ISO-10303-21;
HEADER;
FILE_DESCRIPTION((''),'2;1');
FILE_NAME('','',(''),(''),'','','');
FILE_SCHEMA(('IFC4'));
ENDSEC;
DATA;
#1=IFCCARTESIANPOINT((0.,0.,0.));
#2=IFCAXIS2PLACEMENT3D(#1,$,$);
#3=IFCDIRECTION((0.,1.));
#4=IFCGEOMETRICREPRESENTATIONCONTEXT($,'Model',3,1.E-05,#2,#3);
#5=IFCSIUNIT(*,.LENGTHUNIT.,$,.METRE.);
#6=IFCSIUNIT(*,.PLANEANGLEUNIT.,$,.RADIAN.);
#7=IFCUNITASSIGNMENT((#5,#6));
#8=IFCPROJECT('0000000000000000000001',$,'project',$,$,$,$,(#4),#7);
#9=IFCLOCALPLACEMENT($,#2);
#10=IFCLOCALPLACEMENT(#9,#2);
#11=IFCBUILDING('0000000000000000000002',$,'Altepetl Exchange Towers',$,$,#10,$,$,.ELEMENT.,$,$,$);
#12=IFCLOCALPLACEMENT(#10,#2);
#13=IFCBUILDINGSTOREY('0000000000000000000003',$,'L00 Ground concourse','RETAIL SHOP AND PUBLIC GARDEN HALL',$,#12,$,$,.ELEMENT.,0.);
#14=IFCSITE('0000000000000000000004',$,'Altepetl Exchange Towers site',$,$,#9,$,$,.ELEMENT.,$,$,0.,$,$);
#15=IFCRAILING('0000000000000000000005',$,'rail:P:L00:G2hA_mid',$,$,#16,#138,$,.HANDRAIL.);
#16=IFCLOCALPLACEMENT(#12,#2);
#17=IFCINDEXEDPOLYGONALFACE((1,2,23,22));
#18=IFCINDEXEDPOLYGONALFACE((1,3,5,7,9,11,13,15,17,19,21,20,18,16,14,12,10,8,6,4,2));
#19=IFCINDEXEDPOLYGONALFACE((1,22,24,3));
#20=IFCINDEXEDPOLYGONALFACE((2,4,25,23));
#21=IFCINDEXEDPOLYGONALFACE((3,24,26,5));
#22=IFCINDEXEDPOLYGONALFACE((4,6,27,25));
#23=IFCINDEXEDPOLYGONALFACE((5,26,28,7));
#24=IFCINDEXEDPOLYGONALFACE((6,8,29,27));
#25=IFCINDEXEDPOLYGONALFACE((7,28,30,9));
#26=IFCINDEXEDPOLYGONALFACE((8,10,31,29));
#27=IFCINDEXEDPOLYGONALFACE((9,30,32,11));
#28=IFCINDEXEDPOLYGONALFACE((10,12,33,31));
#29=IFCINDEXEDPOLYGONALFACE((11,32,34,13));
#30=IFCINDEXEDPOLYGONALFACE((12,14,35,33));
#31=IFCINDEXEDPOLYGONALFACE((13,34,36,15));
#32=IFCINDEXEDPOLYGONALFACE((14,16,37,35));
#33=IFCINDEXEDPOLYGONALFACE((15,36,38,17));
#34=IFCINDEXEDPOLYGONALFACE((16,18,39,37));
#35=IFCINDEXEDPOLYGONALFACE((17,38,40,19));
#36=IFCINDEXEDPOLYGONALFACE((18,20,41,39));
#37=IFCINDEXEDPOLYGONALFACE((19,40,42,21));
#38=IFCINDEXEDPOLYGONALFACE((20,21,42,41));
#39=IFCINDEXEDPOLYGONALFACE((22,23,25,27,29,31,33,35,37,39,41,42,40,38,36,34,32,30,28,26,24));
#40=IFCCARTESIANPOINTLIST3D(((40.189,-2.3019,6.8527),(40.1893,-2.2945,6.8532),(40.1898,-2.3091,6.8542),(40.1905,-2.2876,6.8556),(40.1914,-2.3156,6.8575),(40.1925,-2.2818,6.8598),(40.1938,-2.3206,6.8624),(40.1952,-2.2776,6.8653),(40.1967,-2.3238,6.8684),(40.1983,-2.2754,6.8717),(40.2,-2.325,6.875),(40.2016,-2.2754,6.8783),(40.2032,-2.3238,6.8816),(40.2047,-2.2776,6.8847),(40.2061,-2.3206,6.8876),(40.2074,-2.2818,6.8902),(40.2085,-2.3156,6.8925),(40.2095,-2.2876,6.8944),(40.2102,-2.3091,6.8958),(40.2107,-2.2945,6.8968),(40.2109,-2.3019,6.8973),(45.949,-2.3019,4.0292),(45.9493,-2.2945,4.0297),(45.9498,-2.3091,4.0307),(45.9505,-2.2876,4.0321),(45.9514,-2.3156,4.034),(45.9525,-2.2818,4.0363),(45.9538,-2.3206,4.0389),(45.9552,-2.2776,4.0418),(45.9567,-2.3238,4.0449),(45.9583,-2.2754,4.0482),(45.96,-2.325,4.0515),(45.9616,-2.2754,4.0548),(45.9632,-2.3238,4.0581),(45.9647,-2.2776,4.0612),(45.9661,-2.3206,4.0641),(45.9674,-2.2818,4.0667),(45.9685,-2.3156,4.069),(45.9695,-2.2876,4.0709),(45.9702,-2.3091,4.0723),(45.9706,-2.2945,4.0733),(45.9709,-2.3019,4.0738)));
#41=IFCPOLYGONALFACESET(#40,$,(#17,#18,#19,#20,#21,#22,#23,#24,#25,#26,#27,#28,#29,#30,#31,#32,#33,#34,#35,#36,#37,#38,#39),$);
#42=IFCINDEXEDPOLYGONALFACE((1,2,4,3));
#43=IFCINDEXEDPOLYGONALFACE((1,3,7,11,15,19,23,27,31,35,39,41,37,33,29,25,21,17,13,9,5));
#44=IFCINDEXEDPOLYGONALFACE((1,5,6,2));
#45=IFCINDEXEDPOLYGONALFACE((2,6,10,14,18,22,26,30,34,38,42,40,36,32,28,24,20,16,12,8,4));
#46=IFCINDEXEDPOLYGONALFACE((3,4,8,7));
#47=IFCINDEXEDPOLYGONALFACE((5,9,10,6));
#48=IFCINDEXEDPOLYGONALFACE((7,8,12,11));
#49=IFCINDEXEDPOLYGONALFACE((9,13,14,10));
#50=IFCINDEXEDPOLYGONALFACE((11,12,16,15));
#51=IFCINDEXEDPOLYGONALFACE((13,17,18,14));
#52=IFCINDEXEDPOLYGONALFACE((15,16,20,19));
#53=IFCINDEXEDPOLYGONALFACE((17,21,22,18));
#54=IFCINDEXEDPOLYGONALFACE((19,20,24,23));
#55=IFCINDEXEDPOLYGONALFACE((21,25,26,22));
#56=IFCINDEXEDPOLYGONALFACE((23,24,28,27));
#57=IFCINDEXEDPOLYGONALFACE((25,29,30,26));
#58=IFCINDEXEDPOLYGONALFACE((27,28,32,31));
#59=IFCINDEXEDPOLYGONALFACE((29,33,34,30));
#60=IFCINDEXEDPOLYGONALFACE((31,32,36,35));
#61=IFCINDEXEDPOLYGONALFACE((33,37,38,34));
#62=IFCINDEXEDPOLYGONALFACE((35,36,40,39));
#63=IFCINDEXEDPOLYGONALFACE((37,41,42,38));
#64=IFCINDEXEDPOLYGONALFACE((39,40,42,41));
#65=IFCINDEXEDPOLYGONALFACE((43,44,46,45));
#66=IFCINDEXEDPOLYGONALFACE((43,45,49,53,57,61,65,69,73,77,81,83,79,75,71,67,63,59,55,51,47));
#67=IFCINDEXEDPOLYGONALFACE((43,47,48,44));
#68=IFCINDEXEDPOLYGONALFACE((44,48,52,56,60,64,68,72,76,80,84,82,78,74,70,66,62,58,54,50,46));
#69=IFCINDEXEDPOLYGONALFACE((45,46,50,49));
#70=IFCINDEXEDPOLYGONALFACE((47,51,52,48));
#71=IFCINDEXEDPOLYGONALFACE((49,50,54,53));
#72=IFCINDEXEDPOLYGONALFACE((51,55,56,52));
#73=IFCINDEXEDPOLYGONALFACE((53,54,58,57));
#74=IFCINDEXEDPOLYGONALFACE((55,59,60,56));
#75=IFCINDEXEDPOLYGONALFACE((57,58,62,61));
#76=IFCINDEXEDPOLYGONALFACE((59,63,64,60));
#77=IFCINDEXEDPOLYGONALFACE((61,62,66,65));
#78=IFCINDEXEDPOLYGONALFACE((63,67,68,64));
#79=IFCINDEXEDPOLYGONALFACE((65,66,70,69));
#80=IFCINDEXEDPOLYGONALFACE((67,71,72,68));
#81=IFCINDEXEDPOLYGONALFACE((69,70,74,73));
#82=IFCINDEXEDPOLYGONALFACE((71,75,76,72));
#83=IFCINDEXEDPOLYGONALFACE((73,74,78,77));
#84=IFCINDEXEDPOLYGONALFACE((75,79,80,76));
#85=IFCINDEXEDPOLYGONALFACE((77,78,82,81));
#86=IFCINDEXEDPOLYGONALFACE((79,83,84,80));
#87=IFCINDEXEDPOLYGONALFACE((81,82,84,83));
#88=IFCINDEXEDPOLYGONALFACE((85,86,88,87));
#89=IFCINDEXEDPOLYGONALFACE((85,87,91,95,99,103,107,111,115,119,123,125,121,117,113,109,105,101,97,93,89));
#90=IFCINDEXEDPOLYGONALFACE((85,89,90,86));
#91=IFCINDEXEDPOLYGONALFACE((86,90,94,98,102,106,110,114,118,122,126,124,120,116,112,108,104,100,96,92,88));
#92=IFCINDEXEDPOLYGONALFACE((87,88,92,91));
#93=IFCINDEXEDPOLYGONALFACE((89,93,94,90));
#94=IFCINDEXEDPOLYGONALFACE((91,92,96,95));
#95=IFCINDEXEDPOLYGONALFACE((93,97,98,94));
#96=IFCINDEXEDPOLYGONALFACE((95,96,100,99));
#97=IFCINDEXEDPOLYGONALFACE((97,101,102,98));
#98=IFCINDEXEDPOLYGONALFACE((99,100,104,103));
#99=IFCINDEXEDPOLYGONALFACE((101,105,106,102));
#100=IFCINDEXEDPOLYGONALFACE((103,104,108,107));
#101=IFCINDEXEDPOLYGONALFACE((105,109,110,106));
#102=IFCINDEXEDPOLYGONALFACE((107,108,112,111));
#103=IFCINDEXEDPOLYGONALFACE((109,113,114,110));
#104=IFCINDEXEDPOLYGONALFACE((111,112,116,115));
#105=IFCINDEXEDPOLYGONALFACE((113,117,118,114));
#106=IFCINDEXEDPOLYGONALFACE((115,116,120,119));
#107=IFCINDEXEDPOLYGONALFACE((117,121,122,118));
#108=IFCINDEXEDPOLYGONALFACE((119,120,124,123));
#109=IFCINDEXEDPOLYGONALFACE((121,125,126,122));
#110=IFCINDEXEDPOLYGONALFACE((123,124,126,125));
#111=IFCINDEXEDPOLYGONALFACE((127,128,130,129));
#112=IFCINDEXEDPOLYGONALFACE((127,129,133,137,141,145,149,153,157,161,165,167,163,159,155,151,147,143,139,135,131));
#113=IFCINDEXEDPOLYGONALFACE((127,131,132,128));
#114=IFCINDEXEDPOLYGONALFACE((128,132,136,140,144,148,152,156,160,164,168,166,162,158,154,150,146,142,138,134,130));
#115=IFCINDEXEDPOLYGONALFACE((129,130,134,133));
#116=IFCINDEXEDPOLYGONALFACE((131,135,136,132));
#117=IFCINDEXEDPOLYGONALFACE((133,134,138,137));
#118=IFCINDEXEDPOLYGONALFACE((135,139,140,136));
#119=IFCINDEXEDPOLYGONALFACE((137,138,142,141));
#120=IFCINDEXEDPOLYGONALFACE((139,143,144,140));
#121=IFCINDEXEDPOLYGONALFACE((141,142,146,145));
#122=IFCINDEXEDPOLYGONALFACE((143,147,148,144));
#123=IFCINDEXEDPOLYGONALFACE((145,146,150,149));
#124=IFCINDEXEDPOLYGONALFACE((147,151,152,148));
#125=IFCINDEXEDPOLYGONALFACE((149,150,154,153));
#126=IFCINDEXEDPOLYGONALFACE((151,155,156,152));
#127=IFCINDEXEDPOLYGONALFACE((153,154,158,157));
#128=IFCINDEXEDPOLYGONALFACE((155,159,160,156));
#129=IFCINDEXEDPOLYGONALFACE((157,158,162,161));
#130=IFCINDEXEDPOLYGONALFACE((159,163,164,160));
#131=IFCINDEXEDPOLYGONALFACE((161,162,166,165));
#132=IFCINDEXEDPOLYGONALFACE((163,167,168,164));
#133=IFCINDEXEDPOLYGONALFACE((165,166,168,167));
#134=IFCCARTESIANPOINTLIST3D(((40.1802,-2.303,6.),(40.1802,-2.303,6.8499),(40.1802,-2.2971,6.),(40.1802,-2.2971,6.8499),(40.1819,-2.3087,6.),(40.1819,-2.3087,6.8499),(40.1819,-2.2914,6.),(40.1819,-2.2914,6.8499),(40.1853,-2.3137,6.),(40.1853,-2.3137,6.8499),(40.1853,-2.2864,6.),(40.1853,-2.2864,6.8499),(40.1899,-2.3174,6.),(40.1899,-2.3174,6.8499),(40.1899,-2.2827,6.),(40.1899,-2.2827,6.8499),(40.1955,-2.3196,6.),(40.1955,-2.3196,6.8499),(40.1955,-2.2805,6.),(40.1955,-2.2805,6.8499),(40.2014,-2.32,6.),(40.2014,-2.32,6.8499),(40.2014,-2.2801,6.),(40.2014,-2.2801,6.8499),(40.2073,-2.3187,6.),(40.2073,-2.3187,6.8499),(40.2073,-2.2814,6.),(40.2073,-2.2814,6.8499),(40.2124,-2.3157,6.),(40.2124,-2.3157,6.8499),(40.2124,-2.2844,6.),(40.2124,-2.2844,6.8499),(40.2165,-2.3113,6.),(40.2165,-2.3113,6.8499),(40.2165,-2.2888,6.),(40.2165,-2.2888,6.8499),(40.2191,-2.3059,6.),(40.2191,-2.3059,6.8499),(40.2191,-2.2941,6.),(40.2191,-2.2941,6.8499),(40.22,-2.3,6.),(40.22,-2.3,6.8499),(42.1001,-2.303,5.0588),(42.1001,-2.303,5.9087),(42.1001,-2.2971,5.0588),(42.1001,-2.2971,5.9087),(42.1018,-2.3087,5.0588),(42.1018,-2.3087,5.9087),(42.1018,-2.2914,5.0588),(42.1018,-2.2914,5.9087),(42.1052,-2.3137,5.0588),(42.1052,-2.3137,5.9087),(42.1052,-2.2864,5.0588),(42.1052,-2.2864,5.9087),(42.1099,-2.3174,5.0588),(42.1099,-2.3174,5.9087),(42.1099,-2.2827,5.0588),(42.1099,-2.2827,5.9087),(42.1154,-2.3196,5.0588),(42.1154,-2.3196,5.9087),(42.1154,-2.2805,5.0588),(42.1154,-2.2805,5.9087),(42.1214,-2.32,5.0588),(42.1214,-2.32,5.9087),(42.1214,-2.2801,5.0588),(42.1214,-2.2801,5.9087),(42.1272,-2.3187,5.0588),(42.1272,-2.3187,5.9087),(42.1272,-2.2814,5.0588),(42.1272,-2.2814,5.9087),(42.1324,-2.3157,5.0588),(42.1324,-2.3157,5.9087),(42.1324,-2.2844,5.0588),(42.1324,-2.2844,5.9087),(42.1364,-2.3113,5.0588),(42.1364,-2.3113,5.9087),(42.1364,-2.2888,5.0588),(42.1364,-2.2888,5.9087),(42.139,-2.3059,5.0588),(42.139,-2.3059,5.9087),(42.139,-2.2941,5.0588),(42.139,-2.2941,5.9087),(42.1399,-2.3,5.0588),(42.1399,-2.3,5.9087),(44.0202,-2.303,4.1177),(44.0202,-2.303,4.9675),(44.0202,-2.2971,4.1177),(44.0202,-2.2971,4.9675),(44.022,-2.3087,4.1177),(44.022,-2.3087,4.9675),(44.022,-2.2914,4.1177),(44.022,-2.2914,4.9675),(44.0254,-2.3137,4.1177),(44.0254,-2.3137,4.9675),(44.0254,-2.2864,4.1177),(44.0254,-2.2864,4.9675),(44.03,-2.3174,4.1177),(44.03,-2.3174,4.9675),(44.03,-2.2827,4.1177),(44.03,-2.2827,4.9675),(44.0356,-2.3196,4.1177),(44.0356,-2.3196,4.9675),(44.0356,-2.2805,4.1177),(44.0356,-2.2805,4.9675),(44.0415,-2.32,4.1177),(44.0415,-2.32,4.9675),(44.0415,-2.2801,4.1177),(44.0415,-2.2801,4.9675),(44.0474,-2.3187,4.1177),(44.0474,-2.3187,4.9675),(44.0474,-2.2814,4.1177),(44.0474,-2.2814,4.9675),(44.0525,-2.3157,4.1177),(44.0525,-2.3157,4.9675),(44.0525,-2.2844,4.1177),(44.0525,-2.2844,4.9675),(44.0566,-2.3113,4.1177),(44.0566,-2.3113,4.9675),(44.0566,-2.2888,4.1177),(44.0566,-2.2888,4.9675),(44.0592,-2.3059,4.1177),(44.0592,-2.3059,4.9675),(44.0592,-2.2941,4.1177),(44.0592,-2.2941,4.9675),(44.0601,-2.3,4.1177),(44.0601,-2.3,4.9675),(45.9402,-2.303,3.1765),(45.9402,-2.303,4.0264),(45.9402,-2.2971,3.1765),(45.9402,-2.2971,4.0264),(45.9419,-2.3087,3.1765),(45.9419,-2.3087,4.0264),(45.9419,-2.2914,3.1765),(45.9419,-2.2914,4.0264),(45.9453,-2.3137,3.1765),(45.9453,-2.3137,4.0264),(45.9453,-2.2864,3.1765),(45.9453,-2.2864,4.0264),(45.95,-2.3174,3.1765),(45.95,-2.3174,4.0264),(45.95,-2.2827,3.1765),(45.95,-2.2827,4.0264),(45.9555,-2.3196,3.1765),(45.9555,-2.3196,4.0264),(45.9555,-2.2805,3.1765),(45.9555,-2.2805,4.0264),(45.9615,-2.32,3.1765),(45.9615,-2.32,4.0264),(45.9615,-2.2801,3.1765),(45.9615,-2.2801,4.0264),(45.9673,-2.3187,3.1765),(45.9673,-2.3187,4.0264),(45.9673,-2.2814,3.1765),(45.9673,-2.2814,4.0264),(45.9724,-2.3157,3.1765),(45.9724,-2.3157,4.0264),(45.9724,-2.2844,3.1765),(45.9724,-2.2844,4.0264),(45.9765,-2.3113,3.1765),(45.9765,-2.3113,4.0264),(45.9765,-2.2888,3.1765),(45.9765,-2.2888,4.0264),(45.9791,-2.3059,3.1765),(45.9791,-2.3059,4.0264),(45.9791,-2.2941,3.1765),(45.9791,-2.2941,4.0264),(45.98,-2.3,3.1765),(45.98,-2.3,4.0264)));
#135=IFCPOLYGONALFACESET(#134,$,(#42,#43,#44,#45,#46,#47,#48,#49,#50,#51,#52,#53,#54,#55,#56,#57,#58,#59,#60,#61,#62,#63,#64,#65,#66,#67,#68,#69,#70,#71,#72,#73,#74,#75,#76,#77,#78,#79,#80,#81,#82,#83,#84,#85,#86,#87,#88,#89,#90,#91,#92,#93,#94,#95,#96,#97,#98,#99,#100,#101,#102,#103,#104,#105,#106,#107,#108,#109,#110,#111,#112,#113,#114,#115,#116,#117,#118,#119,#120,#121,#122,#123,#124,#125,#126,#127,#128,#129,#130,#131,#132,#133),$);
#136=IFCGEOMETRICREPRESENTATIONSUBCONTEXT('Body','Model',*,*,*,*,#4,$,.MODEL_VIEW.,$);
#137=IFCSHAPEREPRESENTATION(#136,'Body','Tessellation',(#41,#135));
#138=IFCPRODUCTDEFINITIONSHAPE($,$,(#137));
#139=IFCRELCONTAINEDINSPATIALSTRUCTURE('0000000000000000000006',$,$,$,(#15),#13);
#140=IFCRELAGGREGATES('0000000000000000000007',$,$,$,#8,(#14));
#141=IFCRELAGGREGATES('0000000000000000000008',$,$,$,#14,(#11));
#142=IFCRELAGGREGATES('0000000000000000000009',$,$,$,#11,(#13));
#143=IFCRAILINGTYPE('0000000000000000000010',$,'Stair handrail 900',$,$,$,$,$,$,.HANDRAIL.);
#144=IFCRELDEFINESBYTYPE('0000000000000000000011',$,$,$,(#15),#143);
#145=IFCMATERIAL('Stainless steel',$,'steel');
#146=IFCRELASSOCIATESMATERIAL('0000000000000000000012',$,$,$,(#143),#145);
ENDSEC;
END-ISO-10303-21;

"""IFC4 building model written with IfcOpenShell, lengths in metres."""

from ifc_helpers import new_model, si_unit, direction, frame, origin, origin_2d, place, context, subcontext, project, spatial, circle, extrude, source, transform, mapped, material, type_object, element, save


model = new_model("IFC4")

# Units and contexts
model_context = context("Model", 3, precision=1e-05, world=origin(), true_north=direction((0.0, 1.0)))
body_context = subcontext(model_context, "Body", "Model", "MODEL_VIEW")
ifc_project = project(units=[si_unit("LENGTHUNIT", "METRE"), si_unit("PLANEANGLEUNIT", "RADIAN")], contexts=[model_context])

# Site, building, storey
site_placement = place(None, origin())
site = spatial("IfcSite", under=ifc_project, at=site_placement, Name="Altepetl Exchange Towers site", CompositionType="ELEMENT", RefElevation=0.0)
building_placement = place(site_placement, origin())
building = spatial("IfcBuilding", under=site, at=building_placement, Name="Altepetl Exchange Towers", CompositionType="ELEMENT")
storey_placement = place(building_placement, origin())
storey = spatial("IfcBuildingStorey", under=building, at=storey_placement, Name="L00 Ground concourse", Description="RETAIL SHOP AND PUBLIC GARDEN HALL", CompositionType="ELEMENT", Elevation=0.0)

# Railing
ifc_material_1 = material(Name="Stainless steel", Category="steel")
railing_type_1 = type_object("IfcRailingType", Name="Stair handrail 900", PredefinedType="HANDRAIL", material=ifc_material_1)
shared_shape_1 = source(origin(), body_context, "Body", "SweptSolid", [
    extrude(circle(Radius=0.02, at=origin_2d()), origin(), (0.0, 0.0, 1.0), 0.8499),
])
for number, where, name in (
    (1, (45.96, -2.3, 3.1765), "rail:P:L00:G2hA_mid"),
):
    element("IfcRailing", number, at=place(storey_placement, frame(where)), inside=storey, type_object=railing_type_1, Name=name, PredefinedType="HANDRAIL", context=body_context, shape_type="SweptSolid", body=[
        extrude(circle(Radius=0.0249, at=origin_2d()), frame((0.0, 0.0, 0.875), z_axis=(-0.897924, 0.0, 0.440151), x_axis=(0.0, -1.0, 0.0)), (0.0, 0.0, 1.0), 6.4148),
        mapped(shared_shape_1, transform((0.0, 0.0, 0.0))),
        mapped(shared_shape_1, transform((-1.9199, 0.0, 0.9412))),
        mapped(shared_shape_1, transform((-3.8401, 0.0, 1.8823))),
        mapped(shared_shape_1, transform((-5.76, 0.0, 2.8235))),
    ])

save(model, "model.ifc")
